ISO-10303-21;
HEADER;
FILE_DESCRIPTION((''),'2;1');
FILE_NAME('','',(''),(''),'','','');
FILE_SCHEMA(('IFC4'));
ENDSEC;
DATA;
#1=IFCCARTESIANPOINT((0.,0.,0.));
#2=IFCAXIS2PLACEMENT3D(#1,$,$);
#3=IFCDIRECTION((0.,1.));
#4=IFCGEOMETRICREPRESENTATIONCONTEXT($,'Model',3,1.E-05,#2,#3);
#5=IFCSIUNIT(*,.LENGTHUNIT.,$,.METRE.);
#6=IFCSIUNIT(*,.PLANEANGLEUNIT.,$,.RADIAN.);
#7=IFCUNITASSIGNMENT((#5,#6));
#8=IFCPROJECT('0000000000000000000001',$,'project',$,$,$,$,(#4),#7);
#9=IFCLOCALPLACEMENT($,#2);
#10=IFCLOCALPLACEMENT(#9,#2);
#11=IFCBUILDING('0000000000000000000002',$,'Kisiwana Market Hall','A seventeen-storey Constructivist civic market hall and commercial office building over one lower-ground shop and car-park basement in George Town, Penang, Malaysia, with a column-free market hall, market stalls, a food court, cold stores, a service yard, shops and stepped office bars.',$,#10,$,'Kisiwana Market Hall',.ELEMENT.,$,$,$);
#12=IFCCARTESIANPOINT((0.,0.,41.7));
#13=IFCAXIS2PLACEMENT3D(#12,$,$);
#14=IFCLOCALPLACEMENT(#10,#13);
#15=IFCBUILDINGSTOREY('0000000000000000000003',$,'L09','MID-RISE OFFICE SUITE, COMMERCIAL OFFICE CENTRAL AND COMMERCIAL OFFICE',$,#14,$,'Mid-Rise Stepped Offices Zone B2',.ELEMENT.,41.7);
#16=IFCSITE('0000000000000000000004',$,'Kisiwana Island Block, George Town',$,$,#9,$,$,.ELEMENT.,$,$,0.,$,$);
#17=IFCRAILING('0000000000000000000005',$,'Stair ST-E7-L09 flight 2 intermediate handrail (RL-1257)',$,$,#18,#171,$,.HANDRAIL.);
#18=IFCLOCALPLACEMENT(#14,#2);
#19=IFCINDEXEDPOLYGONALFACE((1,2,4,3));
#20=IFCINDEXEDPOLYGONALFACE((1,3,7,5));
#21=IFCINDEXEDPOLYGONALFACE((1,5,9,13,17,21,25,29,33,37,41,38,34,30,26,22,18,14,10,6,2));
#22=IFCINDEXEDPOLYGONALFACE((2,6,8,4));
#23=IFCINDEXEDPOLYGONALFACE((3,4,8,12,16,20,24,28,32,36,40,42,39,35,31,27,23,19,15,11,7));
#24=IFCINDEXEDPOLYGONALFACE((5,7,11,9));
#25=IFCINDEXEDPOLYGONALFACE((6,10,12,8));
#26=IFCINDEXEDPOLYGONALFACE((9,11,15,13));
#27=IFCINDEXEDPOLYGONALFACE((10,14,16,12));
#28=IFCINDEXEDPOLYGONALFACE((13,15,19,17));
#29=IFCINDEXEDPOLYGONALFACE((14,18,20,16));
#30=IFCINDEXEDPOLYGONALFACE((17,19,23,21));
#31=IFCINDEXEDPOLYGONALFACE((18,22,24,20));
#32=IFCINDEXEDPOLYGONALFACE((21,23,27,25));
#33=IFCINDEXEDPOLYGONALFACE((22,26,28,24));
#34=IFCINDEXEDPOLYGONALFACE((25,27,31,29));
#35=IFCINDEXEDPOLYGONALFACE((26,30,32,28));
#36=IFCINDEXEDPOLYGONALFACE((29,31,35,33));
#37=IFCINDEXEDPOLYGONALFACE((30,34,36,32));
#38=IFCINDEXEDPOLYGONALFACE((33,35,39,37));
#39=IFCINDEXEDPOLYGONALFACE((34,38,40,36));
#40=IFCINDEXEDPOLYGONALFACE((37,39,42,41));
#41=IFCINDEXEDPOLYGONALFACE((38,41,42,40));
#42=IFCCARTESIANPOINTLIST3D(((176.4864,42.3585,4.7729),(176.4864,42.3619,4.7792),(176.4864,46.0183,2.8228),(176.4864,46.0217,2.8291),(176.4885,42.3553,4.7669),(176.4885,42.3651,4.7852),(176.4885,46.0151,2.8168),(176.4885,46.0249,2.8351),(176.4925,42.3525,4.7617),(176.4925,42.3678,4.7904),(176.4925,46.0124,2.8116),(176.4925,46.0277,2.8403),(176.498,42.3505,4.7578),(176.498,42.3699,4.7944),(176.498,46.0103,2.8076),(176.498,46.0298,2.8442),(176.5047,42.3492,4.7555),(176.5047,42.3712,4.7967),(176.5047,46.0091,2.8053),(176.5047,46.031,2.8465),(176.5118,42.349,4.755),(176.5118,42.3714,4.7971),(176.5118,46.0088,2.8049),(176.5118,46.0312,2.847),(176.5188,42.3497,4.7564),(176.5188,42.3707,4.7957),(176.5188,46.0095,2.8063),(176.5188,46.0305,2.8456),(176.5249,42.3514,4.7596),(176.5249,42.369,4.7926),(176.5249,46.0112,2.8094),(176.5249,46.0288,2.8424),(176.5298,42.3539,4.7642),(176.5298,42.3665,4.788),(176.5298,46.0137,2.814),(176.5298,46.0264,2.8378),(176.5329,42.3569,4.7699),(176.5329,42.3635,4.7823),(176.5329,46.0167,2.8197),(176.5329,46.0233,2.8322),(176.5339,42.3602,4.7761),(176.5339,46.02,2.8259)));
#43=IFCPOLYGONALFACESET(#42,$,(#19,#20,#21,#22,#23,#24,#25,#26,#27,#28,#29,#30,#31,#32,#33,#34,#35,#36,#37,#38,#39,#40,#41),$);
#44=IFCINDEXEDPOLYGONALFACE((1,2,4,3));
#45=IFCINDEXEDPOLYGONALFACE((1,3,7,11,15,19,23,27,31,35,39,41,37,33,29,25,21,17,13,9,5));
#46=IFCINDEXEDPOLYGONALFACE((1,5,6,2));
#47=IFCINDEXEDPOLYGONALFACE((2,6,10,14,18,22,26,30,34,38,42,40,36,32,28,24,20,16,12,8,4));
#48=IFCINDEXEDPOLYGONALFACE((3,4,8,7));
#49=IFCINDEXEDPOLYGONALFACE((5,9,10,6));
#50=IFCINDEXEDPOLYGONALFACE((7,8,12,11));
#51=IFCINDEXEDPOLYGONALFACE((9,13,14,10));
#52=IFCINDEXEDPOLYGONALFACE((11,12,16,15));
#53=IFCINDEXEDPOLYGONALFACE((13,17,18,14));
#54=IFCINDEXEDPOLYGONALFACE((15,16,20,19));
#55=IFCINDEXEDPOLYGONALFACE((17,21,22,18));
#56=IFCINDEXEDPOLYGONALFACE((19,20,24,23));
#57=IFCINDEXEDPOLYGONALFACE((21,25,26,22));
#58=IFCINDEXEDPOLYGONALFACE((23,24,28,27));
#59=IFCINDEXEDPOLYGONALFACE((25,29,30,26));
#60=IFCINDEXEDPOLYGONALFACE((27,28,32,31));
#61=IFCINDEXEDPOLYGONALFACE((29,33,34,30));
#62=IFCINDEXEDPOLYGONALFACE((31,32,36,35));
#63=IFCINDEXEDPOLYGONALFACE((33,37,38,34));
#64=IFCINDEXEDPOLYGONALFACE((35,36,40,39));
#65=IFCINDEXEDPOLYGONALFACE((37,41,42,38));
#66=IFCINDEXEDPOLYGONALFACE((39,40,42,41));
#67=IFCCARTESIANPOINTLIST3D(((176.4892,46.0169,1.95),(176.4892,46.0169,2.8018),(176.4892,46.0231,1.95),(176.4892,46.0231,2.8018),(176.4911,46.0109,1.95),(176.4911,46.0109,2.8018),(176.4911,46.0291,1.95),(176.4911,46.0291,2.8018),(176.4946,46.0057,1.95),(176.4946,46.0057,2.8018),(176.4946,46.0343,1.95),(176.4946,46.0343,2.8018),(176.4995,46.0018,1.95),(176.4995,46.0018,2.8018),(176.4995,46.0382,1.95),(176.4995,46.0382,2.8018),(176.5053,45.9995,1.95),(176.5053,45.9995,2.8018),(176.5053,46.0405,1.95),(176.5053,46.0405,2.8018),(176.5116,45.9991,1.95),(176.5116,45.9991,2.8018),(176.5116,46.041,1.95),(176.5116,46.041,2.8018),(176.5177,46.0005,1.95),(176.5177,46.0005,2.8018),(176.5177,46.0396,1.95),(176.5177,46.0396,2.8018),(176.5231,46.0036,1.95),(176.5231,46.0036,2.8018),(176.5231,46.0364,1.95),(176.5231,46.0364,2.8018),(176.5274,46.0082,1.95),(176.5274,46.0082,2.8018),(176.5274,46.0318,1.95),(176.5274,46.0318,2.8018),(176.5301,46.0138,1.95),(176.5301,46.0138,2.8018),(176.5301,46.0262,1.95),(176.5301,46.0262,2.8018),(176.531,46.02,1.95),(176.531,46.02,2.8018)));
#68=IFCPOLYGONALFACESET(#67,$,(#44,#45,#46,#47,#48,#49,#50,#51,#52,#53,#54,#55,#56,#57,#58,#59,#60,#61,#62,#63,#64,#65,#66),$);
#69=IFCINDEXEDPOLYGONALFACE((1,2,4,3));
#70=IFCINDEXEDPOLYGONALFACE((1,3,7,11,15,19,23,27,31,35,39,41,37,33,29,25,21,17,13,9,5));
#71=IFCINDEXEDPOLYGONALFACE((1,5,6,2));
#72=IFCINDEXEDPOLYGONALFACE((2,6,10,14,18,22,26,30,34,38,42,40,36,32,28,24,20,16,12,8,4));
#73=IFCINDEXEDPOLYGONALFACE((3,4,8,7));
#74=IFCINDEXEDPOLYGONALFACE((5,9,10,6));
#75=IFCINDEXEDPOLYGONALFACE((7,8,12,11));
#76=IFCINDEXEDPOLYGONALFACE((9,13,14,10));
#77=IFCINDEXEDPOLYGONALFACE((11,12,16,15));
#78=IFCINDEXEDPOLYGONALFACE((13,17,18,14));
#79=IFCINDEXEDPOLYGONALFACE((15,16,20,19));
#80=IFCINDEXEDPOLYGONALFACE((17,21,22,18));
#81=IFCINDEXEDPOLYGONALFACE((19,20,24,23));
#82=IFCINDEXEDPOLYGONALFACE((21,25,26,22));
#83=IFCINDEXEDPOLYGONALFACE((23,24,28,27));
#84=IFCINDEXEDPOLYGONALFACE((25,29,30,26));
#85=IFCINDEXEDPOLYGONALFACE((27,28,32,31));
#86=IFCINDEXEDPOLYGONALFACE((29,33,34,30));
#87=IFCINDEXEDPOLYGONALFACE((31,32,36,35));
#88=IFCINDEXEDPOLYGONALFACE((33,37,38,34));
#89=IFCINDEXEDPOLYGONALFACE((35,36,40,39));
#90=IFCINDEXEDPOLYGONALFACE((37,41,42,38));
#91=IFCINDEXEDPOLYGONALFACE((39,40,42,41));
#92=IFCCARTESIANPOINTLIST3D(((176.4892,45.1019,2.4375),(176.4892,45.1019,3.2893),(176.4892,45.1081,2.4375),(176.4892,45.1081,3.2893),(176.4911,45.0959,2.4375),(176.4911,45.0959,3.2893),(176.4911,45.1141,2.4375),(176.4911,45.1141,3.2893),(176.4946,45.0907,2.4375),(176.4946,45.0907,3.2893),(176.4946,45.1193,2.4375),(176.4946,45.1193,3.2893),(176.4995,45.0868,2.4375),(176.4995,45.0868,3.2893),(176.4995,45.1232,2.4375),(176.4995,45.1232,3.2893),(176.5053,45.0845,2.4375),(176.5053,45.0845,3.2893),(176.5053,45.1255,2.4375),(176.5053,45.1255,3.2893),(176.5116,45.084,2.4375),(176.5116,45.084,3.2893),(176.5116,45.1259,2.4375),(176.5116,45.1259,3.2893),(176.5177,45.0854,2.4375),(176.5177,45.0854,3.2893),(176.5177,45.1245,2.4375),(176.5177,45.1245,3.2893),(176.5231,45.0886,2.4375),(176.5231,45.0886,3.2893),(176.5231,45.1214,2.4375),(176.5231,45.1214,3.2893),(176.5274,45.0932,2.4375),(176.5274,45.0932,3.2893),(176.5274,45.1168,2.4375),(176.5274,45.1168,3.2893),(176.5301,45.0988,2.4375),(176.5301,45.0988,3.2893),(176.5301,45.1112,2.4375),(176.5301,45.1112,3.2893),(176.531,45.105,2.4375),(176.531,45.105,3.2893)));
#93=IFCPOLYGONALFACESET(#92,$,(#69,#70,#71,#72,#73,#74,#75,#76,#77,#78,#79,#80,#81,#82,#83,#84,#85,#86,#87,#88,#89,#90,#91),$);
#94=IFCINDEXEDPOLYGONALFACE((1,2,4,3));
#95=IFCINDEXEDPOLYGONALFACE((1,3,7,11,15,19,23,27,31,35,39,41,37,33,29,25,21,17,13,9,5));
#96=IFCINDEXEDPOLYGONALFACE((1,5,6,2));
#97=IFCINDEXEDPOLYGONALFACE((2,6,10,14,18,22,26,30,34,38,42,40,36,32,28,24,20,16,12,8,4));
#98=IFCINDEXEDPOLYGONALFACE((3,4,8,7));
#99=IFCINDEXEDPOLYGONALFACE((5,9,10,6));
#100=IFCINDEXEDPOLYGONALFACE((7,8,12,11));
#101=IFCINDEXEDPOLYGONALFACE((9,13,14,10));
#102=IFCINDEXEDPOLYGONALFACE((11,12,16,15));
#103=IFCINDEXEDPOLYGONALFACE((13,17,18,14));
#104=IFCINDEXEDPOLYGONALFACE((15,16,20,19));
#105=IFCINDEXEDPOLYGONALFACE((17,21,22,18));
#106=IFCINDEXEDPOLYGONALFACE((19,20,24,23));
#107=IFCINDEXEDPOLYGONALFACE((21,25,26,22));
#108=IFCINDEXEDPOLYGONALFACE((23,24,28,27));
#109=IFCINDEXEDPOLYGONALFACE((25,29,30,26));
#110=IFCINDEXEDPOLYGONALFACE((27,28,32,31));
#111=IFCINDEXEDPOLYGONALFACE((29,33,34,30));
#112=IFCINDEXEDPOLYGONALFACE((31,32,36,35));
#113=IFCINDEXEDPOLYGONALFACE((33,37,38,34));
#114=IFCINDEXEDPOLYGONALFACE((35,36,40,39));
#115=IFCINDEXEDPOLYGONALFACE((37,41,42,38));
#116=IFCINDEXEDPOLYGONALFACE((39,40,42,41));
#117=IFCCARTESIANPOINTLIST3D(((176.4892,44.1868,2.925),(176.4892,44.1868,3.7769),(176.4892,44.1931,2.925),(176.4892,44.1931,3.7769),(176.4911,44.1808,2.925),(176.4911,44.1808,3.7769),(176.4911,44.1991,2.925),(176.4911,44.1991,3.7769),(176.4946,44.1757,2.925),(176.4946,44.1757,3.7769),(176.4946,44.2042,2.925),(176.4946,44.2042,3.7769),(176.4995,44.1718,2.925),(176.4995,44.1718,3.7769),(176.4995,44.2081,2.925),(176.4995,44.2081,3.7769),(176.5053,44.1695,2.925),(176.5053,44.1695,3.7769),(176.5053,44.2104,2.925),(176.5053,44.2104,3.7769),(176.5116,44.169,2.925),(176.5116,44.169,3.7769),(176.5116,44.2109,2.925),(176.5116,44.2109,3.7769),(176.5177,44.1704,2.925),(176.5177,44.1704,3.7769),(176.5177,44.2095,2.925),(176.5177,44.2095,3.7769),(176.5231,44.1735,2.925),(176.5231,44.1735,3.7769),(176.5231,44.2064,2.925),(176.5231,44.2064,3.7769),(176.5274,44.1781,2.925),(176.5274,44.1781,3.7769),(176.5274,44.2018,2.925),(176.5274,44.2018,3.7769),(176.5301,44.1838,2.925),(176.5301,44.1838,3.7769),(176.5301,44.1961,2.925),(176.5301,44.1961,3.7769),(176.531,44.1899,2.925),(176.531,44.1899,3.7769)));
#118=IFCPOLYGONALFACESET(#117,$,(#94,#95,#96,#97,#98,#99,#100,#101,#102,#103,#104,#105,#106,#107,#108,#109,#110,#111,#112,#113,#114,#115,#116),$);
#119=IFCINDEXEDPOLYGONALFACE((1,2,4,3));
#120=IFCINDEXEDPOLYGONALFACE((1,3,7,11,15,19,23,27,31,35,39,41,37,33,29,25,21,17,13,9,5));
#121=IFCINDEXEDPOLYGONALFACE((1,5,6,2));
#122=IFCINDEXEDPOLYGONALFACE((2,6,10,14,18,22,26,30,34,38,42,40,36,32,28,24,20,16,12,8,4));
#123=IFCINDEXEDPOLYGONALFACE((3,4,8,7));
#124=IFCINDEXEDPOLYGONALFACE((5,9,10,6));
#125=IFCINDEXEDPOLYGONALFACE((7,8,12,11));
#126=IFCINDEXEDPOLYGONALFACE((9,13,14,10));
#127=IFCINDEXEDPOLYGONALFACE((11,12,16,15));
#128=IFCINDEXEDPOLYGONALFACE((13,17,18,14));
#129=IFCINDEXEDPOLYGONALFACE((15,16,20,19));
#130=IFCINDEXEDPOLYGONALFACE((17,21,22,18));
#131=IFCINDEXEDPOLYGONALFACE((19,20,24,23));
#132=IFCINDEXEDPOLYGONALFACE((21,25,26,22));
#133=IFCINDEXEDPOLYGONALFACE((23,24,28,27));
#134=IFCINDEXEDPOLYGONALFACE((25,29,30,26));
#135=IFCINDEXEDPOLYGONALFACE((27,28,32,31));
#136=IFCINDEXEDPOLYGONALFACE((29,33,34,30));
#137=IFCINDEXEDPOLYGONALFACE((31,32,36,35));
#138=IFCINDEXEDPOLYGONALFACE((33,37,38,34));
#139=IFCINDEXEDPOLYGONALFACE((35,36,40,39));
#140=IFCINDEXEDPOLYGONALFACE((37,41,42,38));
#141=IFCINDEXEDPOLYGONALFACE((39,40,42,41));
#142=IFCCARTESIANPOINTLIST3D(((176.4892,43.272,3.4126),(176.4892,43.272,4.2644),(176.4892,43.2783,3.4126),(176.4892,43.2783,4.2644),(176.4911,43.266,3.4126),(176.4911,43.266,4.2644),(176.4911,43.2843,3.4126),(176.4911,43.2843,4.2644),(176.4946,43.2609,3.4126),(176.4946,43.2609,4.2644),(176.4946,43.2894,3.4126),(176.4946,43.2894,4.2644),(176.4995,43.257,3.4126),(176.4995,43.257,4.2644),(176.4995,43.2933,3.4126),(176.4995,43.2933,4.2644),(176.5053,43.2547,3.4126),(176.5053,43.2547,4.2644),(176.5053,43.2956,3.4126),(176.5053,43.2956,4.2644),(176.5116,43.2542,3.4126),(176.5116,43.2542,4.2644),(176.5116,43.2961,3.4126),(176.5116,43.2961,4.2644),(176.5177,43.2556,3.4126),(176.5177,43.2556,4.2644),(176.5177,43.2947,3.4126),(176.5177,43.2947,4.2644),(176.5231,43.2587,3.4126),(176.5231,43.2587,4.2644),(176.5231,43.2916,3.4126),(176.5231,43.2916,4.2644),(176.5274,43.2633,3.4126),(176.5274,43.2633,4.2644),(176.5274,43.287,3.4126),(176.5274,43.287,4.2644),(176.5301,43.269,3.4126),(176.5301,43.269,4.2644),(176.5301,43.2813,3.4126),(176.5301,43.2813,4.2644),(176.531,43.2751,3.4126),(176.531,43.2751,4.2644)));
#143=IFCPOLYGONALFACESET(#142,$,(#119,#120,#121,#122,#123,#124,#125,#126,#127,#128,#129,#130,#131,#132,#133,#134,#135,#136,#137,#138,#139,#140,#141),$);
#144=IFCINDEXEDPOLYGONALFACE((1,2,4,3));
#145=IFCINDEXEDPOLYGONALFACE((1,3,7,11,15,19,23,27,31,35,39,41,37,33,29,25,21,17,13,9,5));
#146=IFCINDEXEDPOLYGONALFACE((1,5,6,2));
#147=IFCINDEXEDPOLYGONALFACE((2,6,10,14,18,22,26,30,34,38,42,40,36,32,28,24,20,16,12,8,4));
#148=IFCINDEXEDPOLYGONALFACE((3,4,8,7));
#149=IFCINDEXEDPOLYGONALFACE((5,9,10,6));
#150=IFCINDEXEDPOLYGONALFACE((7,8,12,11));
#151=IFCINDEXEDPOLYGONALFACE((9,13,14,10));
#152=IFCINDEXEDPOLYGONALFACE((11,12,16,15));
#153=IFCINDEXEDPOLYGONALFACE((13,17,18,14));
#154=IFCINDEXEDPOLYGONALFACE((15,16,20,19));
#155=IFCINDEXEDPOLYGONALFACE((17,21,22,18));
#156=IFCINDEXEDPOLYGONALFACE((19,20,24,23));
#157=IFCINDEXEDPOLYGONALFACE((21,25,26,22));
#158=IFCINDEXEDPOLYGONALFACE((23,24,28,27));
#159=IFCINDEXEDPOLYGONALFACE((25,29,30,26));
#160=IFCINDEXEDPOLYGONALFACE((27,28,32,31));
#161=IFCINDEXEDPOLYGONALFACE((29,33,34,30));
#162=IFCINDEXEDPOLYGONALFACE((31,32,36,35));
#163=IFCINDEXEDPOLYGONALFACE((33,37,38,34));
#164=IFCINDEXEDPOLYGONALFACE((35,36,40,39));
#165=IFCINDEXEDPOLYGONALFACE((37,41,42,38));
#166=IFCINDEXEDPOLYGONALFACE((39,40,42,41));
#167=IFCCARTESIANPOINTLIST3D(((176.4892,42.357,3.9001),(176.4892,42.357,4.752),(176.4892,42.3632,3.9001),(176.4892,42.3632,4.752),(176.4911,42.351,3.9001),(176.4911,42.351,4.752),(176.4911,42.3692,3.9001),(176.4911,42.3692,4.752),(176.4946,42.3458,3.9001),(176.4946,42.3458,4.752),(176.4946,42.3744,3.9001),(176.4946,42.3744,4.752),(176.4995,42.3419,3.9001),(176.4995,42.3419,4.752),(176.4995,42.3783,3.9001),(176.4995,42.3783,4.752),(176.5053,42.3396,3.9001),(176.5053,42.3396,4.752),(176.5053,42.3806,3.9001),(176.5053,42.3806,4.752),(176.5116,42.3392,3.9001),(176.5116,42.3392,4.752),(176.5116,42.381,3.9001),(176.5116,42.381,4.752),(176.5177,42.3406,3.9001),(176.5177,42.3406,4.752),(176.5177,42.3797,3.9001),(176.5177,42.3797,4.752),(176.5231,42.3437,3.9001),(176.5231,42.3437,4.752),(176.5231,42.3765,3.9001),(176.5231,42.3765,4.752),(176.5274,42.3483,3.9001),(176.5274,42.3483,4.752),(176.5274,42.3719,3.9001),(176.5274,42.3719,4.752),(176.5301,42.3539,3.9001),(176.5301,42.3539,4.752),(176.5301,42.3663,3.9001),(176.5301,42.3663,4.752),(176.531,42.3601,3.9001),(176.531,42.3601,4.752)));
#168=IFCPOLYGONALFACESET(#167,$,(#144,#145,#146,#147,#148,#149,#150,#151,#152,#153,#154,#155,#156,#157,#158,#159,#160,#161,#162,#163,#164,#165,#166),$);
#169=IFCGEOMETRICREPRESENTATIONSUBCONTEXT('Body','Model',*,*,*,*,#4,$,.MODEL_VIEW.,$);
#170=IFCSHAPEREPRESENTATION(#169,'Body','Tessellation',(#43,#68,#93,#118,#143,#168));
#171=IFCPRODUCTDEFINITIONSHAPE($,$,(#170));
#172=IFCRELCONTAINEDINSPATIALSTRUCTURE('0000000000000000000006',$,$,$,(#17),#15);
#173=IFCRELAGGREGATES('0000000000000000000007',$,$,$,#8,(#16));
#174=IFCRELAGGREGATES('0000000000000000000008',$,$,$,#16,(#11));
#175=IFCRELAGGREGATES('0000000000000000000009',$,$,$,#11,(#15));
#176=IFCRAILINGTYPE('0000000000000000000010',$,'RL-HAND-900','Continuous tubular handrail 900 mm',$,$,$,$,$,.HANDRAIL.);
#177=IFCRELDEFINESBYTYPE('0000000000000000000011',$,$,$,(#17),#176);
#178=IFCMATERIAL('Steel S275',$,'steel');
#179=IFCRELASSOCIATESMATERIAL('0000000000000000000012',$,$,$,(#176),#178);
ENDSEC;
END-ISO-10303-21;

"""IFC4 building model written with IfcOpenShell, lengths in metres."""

from ifc_helpers import new_model, si_unit, direction, frame, origin, origin_2d, place, context, subcontext, project, spatial, circle, extrude, material, type_object, element, save


model = new_model("IFC4")

# Units and contexts
model_context = context("Model", 3, precision=1e-05, world=origin(), true_north=direction((0.0, 1.0)))
body_context = subcontext(model_context, "Body", "Model", "MODEL_VIEW")
ifc_project = project(units=[si_unit("LENGTHUNIT", "METRE"), si_unit("PLANEANGLEUNIT", "RADIAN")], contexts=[model_context])

# Site, building, storey
site_placement = place(None, origin())
site = spatial("IfcSite", under=ifc_project, at=site_placement, Name="Kisiwana Island Block, George Town", CompositionType="ELEMENT", RefElevation=0.0)
building_placement = place(site_placement, origin())
building = spatial("IfcBuilding", under=site, at=building_placement, Name="Kisiwana Market Hall", Description="A seventeen-storey Constructivist civic market hall and commercial office building over one lower-ground shop and car-park basement in George Town, Penang, Malaysia, with a column-free market hall, market stalls, a food court, cold stores, a service yard, shops and stepped office bars.", LongName="Kisiwana Market Hall", CompositionType="ELEMENT")
storey_placement = place(building_placement, frame((0.0, 0.0, 41.7)))
storey = spatial("IfcBuildingStorey", under=building, at=storey_placement, Name="L09", Description="MID-RISE OFFICE SUITE, COMMERCIAL OFFICE CENTRAL AND COMMERCIAL OFFICE", LongName="Mid-Rise Stepped Offices Zone B2", CompositionType="ELEMENT", Elevation=41.7)

# Railing
ifc_material_1 = material(Name="Steel S275", Category="steel")
railing_type_1 = type_object("IfcRailingType", Name="RL-HAND-900", Description="Continuous tubular handrail 900 mm", PredefinedType="HANDRAIL", material=ifc_material_1)
railing_1_placement = place(storey_placement, frame((176.51, 46.02, 1.95)))
element("IfcRailing", 1, at=railing_1_placement, inside=storey, type_object=railing_type_1, Name="Stair ST-E7-L09 flight 2 intermediate handrail (RL-1257)", PredefinedType="HANDRAIL", context=body_context, shape_type="SweptSolid", body=[
    extrude(circle(Radius=0.0239, at=origin_2d()), frame((0.0, 0.0, 0.876), z_axis=(0.0, -0.882529, 0.470258), x_axis=(1.0, 0.0, 0.0)), (0.0, 0.0, 1.0), 4.147),
    extrude(circle(Radius=0.021, at=origin_2d()), origin(), (0.0, 0.0, 1.0), 0.8518),
    extrude(circle(Radius=0.021, at=origin_2d()), frame((0.0, -0.915, 0.4875)), (0.0, 0.0, 1.0), 0.8518),
    extrude(circle(Radius=0.021, at=origin_2d()), frame((0.0, -1.8301, 0.9751)), (0.0, 0.0, 1.0), 0.8518),
    extrude(circle(Radius=0.021, at=origin_2d()), frame((0.0, -2.7449, 1.4626)), (0.0, 0.0, 1.0), 0.8518),
    extrude(circle(Radius=0.021, at=origin_2d()), frame((0.0, -3.6599, 1.9502)), (0.0, 0.0, 1.0), 0.8518),
])

save(model, "model.ifc")
